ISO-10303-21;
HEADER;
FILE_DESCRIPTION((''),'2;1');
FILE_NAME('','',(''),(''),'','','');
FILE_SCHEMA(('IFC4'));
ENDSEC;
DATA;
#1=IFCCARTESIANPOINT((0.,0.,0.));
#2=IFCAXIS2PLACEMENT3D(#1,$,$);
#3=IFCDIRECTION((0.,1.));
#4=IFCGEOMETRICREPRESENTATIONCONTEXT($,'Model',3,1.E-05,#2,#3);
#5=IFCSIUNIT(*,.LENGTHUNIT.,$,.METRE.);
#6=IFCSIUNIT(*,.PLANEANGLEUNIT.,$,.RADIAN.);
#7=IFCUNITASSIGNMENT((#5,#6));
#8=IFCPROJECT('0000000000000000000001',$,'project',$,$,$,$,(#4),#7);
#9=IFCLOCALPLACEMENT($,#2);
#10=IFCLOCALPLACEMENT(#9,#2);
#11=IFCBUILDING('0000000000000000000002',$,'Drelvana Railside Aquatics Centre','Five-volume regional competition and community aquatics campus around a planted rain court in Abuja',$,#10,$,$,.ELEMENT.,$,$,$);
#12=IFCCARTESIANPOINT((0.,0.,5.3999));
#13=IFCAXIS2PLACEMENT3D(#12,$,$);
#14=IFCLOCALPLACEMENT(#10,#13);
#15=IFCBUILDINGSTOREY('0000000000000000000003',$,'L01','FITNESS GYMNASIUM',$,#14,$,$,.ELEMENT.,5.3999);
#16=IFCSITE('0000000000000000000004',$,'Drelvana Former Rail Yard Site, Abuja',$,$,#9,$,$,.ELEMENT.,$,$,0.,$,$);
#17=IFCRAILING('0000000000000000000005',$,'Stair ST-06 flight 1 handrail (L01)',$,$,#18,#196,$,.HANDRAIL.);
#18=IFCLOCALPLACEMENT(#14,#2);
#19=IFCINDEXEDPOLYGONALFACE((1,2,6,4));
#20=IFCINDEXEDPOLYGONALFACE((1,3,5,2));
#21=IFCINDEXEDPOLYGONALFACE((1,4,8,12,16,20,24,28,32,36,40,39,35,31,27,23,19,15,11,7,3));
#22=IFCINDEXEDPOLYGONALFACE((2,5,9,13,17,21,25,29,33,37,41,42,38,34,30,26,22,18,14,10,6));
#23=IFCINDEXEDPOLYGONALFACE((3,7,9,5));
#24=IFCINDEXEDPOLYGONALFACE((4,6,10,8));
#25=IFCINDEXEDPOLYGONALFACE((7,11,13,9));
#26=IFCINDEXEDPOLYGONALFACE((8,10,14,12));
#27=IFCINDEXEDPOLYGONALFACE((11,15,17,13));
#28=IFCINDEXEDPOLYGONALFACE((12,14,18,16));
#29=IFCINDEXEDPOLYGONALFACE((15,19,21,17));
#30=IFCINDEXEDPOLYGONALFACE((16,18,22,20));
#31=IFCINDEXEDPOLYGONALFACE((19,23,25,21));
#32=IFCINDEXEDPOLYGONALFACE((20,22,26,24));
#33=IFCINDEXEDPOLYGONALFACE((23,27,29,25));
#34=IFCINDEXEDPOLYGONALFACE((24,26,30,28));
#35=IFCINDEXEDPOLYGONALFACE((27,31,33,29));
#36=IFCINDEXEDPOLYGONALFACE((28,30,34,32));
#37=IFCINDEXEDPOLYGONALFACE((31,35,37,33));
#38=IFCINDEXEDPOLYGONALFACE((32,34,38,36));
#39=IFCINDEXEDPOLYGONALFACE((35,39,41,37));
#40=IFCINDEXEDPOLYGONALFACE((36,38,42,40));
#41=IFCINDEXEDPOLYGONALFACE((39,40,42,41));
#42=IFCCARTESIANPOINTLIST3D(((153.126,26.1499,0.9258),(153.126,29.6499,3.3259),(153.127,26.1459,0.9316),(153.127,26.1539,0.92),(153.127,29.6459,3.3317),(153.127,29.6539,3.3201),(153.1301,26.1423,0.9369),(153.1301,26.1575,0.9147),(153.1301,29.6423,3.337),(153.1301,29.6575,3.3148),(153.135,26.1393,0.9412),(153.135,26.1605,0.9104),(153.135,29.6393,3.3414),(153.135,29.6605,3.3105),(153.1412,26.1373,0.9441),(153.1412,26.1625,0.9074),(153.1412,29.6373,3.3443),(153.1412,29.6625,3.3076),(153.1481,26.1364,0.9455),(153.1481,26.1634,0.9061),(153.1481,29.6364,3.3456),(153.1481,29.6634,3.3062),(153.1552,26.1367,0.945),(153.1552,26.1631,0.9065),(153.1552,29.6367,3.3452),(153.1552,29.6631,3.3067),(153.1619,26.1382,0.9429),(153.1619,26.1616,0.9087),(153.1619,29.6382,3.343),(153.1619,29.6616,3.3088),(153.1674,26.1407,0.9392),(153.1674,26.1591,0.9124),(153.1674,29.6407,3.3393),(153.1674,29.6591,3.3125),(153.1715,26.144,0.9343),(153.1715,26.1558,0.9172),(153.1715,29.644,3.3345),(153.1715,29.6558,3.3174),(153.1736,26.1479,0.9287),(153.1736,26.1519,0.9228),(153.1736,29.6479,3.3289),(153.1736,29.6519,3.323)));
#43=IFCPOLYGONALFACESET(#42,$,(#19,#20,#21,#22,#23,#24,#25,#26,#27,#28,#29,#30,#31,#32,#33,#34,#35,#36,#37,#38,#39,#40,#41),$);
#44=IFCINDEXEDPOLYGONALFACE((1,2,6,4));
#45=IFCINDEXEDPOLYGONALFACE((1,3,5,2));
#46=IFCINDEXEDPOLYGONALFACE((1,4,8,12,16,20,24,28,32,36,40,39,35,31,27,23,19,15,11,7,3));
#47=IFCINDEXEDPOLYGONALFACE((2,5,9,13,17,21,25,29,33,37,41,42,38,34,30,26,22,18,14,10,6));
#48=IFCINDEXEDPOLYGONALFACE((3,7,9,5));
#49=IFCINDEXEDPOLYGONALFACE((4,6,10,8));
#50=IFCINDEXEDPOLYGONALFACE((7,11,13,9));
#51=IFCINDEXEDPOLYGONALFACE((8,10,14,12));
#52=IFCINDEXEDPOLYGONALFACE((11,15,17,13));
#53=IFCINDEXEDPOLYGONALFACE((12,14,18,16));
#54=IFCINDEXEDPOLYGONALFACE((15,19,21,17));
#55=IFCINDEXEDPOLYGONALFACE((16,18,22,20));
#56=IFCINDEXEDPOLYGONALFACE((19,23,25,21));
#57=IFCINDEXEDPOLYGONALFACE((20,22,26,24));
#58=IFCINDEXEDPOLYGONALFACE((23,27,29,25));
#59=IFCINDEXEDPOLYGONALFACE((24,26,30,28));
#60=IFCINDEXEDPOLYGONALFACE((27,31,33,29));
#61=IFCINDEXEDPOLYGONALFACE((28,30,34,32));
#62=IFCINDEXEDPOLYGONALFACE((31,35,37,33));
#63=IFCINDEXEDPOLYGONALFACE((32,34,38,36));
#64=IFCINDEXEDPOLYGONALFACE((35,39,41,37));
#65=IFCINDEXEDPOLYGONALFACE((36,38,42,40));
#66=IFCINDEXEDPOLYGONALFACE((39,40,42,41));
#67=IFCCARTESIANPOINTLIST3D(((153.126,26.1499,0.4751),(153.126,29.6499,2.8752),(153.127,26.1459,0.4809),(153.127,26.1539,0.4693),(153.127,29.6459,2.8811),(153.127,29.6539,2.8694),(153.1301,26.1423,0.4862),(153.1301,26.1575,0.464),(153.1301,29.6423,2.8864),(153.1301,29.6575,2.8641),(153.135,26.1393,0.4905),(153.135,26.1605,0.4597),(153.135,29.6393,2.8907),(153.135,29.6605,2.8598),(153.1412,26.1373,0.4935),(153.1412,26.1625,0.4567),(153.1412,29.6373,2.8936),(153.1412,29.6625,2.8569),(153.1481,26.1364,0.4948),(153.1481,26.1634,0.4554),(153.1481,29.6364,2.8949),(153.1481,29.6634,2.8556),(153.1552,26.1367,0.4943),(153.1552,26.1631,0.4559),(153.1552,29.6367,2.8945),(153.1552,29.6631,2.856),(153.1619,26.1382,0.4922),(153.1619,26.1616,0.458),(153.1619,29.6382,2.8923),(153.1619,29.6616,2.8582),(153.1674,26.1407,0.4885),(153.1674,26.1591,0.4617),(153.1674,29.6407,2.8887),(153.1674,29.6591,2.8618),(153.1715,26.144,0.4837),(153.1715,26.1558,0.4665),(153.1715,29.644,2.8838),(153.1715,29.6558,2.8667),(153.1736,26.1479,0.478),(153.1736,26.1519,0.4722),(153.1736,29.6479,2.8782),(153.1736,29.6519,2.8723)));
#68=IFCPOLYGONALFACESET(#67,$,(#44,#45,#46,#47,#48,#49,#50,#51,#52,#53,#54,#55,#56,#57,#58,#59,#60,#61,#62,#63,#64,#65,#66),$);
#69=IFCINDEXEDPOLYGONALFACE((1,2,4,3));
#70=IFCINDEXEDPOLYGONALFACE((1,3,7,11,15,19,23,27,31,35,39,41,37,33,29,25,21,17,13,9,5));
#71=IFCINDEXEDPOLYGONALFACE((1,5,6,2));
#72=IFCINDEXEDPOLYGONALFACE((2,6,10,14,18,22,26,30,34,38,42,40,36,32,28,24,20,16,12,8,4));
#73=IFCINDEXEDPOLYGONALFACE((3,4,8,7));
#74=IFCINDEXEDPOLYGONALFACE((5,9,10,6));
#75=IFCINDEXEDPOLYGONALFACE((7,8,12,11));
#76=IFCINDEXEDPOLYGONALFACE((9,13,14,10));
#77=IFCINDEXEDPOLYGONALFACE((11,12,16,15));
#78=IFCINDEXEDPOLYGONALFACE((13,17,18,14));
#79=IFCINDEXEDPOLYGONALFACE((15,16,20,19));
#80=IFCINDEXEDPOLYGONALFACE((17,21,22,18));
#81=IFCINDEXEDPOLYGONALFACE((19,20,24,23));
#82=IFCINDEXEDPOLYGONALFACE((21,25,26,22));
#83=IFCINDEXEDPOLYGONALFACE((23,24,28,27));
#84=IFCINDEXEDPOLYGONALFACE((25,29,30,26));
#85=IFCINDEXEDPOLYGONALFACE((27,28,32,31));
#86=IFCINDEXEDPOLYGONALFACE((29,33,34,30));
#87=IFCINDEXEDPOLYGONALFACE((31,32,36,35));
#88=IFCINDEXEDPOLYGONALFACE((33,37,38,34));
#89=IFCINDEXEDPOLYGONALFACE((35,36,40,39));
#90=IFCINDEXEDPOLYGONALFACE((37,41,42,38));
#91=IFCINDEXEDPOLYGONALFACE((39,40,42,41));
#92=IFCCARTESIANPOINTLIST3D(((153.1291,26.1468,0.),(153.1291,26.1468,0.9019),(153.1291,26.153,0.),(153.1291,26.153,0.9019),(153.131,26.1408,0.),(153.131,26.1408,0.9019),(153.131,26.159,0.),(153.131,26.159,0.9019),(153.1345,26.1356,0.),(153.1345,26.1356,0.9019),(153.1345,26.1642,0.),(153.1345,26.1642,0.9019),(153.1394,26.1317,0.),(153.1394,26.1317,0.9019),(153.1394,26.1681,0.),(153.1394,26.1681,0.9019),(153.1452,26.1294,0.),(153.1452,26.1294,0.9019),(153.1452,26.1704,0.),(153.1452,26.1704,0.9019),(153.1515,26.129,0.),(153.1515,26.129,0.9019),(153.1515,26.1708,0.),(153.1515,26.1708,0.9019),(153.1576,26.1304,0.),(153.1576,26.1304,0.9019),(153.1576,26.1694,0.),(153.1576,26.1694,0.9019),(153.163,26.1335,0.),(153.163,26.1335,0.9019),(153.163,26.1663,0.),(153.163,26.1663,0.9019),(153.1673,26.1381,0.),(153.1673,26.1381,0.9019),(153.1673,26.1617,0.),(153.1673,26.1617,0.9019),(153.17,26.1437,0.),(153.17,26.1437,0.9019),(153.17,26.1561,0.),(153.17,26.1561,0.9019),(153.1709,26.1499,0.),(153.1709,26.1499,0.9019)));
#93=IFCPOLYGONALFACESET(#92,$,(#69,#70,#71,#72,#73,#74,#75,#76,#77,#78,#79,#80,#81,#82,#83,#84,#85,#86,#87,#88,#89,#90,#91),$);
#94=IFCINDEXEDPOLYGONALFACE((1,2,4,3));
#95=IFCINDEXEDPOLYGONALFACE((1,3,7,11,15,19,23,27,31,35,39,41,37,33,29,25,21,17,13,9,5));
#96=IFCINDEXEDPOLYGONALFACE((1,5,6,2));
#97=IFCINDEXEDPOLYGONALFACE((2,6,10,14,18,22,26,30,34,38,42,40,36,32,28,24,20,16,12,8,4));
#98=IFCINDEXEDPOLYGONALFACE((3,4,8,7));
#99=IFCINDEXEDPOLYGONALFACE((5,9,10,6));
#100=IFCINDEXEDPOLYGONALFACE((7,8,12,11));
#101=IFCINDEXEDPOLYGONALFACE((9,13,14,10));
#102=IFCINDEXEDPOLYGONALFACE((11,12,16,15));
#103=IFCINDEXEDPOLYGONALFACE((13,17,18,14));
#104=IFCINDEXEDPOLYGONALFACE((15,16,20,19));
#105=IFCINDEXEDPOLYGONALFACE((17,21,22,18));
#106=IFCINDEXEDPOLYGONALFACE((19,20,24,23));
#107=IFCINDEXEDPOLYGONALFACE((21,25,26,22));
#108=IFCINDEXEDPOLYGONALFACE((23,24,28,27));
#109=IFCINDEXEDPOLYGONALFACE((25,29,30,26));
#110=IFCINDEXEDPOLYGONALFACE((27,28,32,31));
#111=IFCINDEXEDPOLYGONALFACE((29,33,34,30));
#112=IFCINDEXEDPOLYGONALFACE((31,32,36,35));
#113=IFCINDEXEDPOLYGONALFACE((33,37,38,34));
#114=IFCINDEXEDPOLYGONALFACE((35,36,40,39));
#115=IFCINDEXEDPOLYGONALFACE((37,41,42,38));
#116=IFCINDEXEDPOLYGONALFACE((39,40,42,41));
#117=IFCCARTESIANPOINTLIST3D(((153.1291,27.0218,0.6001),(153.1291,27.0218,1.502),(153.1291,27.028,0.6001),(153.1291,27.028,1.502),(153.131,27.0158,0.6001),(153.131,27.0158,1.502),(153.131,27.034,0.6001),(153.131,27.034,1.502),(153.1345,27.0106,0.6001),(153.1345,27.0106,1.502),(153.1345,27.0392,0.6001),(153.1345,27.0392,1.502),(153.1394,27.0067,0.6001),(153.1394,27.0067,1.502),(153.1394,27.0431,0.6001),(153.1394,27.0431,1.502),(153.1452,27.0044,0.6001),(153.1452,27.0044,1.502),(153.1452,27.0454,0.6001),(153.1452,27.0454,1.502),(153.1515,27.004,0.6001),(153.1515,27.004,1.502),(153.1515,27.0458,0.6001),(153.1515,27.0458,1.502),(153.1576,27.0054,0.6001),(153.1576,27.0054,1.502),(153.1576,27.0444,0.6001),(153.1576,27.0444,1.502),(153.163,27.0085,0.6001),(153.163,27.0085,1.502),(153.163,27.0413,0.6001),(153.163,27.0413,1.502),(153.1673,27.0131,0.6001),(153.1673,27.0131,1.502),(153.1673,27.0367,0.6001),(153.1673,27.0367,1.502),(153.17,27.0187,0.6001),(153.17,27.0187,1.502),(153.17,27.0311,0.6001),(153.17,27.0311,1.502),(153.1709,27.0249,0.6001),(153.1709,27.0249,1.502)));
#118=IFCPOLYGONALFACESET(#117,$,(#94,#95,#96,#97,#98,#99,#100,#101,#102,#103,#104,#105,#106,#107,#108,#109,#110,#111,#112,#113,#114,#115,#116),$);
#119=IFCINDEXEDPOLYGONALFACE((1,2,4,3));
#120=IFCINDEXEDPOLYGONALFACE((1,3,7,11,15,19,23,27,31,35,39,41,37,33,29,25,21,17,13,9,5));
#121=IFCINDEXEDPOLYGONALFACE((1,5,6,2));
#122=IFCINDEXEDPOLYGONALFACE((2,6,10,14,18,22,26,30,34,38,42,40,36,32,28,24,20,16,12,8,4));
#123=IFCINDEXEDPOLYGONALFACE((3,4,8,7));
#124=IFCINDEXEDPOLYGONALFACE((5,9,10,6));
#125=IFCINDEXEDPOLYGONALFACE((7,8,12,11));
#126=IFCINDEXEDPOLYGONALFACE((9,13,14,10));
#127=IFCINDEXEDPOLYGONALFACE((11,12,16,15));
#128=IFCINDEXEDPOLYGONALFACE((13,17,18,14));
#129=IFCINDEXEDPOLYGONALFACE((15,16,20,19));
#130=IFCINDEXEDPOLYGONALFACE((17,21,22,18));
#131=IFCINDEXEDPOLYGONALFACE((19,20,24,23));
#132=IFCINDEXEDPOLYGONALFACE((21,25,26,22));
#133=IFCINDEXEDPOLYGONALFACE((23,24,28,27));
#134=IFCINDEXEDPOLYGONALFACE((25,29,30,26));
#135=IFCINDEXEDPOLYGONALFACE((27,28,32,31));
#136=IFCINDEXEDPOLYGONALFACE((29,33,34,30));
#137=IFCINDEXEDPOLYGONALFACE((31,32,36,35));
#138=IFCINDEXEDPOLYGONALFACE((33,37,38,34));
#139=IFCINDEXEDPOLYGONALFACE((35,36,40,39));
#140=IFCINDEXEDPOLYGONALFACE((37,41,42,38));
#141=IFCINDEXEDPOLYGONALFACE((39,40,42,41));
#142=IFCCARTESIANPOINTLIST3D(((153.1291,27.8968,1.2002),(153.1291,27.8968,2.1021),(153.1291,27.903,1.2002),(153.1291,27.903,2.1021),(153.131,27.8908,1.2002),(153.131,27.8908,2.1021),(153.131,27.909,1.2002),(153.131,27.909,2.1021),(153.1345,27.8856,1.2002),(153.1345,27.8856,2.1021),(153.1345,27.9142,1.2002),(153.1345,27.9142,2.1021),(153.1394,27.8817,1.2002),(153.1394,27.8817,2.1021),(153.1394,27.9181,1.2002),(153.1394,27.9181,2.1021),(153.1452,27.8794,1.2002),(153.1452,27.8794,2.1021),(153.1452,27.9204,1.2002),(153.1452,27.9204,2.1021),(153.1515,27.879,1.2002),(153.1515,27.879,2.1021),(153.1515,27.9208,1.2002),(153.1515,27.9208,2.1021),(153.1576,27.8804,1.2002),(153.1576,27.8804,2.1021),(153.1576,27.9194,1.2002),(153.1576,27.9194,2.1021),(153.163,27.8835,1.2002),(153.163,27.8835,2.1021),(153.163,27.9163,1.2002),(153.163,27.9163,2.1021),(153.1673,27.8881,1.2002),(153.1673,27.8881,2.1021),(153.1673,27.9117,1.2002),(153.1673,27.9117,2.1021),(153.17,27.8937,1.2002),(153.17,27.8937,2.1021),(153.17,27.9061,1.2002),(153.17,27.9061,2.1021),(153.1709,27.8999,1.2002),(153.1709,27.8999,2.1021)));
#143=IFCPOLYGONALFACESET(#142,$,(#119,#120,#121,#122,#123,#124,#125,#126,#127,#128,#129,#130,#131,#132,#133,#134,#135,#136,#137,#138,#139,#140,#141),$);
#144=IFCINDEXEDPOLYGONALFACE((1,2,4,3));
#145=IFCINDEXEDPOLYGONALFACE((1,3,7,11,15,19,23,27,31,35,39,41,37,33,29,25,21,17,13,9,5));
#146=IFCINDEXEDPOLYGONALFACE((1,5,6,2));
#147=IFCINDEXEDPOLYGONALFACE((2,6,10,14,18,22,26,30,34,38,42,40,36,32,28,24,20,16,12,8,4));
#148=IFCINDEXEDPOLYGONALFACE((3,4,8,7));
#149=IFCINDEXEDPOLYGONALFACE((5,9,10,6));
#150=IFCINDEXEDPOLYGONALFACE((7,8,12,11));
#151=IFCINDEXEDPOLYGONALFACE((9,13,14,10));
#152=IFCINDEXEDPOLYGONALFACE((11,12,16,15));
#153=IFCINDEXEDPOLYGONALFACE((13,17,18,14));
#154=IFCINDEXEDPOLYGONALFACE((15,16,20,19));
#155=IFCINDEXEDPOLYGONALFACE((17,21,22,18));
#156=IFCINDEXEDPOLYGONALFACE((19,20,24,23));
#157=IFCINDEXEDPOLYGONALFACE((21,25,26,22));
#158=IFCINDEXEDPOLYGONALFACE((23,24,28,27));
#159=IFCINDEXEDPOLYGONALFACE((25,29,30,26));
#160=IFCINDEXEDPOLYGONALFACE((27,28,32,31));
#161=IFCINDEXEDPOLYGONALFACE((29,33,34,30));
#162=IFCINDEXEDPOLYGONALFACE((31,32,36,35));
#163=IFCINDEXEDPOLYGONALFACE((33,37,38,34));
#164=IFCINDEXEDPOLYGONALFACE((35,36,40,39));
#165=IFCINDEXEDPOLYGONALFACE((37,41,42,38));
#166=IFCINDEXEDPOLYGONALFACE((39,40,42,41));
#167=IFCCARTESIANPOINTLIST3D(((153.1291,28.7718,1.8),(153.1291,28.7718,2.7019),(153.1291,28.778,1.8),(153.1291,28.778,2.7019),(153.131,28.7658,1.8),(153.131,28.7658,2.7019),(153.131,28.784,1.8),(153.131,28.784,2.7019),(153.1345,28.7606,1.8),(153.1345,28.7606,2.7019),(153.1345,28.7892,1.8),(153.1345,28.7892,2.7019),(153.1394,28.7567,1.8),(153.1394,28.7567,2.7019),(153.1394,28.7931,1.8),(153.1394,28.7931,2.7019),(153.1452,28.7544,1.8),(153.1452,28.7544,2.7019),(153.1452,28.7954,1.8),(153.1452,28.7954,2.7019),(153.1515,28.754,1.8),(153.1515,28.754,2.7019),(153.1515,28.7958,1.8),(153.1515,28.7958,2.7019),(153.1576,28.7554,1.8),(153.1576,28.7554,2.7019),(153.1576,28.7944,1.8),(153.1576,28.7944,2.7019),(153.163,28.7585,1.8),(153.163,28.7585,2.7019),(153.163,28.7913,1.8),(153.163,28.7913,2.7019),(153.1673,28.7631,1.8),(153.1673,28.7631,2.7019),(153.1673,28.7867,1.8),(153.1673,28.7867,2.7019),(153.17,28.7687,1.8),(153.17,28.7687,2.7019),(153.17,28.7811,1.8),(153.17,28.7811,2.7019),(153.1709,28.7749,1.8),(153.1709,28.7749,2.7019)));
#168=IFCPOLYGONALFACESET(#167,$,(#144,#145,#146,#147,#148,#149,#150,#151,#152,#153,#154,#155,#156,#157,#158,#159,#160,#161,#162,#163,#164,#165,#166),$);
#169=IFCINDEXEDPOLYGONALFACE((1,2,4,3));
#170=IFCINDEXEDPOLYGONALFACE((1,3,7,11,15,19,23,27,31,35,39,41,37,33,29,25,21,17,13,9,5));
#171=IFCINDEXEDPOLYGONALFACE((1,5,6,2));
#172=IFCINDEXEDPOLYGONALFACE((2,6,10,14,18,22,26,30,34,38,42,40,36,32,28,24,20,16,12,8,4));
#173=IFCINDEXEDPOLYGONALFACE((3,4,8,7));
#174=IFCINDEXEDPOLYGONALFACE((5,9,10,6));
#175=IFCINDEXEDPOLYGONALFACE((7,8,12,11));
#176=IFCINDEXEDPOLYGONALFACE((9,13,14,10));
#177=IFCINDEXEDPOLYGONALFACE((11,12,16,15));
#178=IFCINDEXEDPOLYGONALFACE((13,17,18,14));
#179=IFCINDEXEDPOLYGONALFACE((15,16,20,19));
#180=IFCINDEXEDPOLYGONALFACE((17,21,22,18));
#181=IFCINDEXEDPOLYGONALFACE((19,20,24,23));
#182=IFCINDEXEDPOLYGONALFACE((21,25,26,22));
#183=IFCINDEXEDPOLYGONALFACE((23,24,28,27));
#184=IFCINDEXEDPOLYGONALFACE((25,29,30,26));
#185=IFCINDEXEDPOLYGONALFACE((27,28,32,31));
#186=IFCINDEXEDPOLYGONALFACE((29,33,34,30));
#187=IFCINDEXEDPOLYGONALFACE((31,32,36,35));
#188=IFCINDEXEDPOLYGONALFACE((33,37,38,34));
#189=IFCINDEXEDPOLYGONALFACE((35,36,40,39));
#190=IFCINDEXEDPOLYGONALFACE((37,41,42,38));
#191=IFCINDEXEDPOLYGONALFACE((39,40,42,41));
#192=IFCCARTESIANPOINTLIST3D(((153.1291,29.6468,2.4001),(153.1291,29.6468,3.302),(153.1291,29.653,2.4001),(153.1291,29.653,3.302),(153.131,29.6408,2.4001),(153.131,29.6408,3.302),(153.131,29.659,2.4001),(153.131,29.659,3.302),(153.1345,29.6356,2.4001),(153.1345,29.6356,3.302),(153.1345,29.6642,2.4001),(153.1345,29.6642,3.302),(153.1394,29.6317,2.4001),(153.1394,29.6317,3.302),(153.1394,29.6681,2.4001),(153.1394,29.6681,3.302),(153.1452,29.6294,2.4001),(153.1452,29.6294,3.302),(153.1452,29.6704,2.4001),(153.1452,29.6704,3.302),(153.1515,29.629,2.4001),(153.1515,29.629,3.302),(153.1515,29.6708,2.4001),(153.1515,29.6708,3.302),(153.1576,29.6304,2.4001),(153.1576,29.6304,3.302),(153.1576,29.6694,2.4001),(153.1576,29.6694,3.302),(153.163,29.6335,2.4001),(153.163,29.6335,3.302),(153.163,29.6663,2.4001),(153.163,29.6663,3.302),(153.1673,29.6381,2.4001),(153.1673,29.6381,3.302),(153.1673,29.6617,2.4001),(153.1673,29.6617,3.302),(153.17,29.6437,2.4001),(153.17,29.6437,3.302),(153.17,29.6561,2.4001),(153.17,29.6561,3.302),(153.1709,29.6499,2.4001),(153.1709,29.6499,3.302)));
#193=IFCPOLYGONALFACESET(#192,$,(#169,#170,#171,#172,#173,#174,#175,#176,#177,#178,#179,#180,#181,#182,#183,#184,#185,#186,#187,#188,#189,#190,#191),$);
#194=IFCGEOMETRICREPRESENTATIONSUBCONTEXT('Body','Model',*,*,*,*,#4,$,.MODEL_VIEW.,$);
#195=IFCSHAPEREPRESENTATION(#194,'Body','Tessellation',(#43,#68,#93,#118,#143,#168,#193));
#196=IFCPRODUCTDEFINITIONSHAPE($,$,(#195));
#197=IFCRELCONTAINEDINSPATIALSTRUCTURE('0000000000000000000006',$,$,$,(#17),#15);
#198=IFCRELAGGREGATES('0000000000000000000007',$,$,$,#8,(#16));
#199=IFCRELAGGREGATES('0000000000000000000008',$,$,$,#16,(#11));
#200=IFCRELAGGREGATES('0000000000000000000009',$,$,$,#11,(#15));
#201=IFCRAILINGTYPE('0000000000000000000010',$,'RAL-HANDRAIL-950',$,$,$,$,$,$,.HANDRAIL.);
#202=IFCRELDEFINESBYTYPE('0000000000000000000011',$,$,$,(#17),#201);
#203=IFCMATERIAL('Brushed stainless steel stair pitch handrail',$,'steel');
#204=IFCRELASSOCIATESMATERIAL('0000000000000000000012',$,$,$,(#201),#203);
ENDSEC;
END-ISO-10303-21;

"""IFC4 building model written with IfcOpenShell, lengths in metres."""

from ifc_helpers import new_model, si_unit, direction, frame, origin, origin_2d, place, context, subcontext, project, spatial, circle, extrude, material, type_object, element, save


model = new_model("IFC4")

# Units and contexts
model_context = context("Model", 3, precision=1e-05, world=origin(), true_north=direction((0.0, 1.0)))
body_context = subcontext(model_context, "Body", "Model", "MODEL_VIEW")
ifc_project = project(units=[si_unit("LENGTHUNIT", "METRE"), si_unit("PLANEANGLEUNIT", "RADIAN")], contexts=[model_context])

# Site, building, storey
site_placement = place(None, origin())
site = spatial("IfcSite", under=ifc_project, at=site_placement, Name="Drelvana Former Rail Yard Site, Abuja", CompositionType="ELEMENT", RefElevation=0.0)
building_placement = place(site_placement, origin())
building = spatial("IfcBuilding", under=site, at=building_placement, Name="Drelvana Railside Aquatics Centre", Description="Five-volume regional competition and community aquatics campus around a planted rain court in Abuja", CompositionType="ELEMENT")
storey_placement = place(building_placement, frame((0.0, 0.0, 5.3999)))
storey = spatial("IfcBuildingStorey", under=building, at=storey_placement, Name="L01", Description="FITNESS GYMNASIUM", CompositionType="ELEMENT", Elevation=5.3999)

# Railing
ifc_material_1 = material(Name="Brushed stainless steel stair pitch handrail", Category="steel")
railing_type = type_object("IfcRailingType", Name="RAL-HANDRAIL-950", PredefinedType="HANDRAIL", material=ifc_material_1)
railing_1_placement = place(storey_placement, frame((153.1499, 26.1499, 0.0)))
element("IfcRailing", 1, at=railing_1_placement, inside=storey, type_object=railing_type, Name="Stair ST-06 flight 1 handrail (L01)", PredefinedType="HANDRAIL", context=body_context, shape_type="SweptSolid", body=[
    extrude(circle(Radius=0.0239, at=origin_2d()), frame((0.0, 0.0, 0.9258), z_axis=(0.0, 0.824713, 0.565552), x_axis=(-1.0, 0.0, 0.0)), (0.0, 0.0, 1.0), 4.2439),
    extrude(circle(Radius=0.0239, at=origin_2d()), frame((0.0, 0.0, 0.4751), z_axis=(0.0, 0.824713, 0.565552), x_axis=(-1.0, 0.0, 0.0)), (0.0, 0.0, 1.0), 4.2439),
    extrude(circle(Radius=0.021, at=origin_2d()), origin(), (0.0, 0.0, 1.0), 0.9019),
    extrude(circle(Radius=0.021, at=origin_2d()), frame((0.0, 0.875, 0.6001)), (0.0, 0.0, 1.0), 0.9019),
    extrude(circle(Radius=0.021, at=origin_2d()), frame((0.0, 1.75, 1.2002)), (0.0, 0.0, 1.0), 0.9019),
    extrude(circle(Radius=0.021, at=origin_2d()), frame((0.0, 2.625, 1.8)), (0.0, 0.0, 1.0), 0.9019),
    extrude(circle(Radius=0.021, at=origin_2d()), frame((0.0, 3.5, 2.4001)), (0.0, 0.0, 1.0), 0.9019),
])

save(model, "model.ifc")
